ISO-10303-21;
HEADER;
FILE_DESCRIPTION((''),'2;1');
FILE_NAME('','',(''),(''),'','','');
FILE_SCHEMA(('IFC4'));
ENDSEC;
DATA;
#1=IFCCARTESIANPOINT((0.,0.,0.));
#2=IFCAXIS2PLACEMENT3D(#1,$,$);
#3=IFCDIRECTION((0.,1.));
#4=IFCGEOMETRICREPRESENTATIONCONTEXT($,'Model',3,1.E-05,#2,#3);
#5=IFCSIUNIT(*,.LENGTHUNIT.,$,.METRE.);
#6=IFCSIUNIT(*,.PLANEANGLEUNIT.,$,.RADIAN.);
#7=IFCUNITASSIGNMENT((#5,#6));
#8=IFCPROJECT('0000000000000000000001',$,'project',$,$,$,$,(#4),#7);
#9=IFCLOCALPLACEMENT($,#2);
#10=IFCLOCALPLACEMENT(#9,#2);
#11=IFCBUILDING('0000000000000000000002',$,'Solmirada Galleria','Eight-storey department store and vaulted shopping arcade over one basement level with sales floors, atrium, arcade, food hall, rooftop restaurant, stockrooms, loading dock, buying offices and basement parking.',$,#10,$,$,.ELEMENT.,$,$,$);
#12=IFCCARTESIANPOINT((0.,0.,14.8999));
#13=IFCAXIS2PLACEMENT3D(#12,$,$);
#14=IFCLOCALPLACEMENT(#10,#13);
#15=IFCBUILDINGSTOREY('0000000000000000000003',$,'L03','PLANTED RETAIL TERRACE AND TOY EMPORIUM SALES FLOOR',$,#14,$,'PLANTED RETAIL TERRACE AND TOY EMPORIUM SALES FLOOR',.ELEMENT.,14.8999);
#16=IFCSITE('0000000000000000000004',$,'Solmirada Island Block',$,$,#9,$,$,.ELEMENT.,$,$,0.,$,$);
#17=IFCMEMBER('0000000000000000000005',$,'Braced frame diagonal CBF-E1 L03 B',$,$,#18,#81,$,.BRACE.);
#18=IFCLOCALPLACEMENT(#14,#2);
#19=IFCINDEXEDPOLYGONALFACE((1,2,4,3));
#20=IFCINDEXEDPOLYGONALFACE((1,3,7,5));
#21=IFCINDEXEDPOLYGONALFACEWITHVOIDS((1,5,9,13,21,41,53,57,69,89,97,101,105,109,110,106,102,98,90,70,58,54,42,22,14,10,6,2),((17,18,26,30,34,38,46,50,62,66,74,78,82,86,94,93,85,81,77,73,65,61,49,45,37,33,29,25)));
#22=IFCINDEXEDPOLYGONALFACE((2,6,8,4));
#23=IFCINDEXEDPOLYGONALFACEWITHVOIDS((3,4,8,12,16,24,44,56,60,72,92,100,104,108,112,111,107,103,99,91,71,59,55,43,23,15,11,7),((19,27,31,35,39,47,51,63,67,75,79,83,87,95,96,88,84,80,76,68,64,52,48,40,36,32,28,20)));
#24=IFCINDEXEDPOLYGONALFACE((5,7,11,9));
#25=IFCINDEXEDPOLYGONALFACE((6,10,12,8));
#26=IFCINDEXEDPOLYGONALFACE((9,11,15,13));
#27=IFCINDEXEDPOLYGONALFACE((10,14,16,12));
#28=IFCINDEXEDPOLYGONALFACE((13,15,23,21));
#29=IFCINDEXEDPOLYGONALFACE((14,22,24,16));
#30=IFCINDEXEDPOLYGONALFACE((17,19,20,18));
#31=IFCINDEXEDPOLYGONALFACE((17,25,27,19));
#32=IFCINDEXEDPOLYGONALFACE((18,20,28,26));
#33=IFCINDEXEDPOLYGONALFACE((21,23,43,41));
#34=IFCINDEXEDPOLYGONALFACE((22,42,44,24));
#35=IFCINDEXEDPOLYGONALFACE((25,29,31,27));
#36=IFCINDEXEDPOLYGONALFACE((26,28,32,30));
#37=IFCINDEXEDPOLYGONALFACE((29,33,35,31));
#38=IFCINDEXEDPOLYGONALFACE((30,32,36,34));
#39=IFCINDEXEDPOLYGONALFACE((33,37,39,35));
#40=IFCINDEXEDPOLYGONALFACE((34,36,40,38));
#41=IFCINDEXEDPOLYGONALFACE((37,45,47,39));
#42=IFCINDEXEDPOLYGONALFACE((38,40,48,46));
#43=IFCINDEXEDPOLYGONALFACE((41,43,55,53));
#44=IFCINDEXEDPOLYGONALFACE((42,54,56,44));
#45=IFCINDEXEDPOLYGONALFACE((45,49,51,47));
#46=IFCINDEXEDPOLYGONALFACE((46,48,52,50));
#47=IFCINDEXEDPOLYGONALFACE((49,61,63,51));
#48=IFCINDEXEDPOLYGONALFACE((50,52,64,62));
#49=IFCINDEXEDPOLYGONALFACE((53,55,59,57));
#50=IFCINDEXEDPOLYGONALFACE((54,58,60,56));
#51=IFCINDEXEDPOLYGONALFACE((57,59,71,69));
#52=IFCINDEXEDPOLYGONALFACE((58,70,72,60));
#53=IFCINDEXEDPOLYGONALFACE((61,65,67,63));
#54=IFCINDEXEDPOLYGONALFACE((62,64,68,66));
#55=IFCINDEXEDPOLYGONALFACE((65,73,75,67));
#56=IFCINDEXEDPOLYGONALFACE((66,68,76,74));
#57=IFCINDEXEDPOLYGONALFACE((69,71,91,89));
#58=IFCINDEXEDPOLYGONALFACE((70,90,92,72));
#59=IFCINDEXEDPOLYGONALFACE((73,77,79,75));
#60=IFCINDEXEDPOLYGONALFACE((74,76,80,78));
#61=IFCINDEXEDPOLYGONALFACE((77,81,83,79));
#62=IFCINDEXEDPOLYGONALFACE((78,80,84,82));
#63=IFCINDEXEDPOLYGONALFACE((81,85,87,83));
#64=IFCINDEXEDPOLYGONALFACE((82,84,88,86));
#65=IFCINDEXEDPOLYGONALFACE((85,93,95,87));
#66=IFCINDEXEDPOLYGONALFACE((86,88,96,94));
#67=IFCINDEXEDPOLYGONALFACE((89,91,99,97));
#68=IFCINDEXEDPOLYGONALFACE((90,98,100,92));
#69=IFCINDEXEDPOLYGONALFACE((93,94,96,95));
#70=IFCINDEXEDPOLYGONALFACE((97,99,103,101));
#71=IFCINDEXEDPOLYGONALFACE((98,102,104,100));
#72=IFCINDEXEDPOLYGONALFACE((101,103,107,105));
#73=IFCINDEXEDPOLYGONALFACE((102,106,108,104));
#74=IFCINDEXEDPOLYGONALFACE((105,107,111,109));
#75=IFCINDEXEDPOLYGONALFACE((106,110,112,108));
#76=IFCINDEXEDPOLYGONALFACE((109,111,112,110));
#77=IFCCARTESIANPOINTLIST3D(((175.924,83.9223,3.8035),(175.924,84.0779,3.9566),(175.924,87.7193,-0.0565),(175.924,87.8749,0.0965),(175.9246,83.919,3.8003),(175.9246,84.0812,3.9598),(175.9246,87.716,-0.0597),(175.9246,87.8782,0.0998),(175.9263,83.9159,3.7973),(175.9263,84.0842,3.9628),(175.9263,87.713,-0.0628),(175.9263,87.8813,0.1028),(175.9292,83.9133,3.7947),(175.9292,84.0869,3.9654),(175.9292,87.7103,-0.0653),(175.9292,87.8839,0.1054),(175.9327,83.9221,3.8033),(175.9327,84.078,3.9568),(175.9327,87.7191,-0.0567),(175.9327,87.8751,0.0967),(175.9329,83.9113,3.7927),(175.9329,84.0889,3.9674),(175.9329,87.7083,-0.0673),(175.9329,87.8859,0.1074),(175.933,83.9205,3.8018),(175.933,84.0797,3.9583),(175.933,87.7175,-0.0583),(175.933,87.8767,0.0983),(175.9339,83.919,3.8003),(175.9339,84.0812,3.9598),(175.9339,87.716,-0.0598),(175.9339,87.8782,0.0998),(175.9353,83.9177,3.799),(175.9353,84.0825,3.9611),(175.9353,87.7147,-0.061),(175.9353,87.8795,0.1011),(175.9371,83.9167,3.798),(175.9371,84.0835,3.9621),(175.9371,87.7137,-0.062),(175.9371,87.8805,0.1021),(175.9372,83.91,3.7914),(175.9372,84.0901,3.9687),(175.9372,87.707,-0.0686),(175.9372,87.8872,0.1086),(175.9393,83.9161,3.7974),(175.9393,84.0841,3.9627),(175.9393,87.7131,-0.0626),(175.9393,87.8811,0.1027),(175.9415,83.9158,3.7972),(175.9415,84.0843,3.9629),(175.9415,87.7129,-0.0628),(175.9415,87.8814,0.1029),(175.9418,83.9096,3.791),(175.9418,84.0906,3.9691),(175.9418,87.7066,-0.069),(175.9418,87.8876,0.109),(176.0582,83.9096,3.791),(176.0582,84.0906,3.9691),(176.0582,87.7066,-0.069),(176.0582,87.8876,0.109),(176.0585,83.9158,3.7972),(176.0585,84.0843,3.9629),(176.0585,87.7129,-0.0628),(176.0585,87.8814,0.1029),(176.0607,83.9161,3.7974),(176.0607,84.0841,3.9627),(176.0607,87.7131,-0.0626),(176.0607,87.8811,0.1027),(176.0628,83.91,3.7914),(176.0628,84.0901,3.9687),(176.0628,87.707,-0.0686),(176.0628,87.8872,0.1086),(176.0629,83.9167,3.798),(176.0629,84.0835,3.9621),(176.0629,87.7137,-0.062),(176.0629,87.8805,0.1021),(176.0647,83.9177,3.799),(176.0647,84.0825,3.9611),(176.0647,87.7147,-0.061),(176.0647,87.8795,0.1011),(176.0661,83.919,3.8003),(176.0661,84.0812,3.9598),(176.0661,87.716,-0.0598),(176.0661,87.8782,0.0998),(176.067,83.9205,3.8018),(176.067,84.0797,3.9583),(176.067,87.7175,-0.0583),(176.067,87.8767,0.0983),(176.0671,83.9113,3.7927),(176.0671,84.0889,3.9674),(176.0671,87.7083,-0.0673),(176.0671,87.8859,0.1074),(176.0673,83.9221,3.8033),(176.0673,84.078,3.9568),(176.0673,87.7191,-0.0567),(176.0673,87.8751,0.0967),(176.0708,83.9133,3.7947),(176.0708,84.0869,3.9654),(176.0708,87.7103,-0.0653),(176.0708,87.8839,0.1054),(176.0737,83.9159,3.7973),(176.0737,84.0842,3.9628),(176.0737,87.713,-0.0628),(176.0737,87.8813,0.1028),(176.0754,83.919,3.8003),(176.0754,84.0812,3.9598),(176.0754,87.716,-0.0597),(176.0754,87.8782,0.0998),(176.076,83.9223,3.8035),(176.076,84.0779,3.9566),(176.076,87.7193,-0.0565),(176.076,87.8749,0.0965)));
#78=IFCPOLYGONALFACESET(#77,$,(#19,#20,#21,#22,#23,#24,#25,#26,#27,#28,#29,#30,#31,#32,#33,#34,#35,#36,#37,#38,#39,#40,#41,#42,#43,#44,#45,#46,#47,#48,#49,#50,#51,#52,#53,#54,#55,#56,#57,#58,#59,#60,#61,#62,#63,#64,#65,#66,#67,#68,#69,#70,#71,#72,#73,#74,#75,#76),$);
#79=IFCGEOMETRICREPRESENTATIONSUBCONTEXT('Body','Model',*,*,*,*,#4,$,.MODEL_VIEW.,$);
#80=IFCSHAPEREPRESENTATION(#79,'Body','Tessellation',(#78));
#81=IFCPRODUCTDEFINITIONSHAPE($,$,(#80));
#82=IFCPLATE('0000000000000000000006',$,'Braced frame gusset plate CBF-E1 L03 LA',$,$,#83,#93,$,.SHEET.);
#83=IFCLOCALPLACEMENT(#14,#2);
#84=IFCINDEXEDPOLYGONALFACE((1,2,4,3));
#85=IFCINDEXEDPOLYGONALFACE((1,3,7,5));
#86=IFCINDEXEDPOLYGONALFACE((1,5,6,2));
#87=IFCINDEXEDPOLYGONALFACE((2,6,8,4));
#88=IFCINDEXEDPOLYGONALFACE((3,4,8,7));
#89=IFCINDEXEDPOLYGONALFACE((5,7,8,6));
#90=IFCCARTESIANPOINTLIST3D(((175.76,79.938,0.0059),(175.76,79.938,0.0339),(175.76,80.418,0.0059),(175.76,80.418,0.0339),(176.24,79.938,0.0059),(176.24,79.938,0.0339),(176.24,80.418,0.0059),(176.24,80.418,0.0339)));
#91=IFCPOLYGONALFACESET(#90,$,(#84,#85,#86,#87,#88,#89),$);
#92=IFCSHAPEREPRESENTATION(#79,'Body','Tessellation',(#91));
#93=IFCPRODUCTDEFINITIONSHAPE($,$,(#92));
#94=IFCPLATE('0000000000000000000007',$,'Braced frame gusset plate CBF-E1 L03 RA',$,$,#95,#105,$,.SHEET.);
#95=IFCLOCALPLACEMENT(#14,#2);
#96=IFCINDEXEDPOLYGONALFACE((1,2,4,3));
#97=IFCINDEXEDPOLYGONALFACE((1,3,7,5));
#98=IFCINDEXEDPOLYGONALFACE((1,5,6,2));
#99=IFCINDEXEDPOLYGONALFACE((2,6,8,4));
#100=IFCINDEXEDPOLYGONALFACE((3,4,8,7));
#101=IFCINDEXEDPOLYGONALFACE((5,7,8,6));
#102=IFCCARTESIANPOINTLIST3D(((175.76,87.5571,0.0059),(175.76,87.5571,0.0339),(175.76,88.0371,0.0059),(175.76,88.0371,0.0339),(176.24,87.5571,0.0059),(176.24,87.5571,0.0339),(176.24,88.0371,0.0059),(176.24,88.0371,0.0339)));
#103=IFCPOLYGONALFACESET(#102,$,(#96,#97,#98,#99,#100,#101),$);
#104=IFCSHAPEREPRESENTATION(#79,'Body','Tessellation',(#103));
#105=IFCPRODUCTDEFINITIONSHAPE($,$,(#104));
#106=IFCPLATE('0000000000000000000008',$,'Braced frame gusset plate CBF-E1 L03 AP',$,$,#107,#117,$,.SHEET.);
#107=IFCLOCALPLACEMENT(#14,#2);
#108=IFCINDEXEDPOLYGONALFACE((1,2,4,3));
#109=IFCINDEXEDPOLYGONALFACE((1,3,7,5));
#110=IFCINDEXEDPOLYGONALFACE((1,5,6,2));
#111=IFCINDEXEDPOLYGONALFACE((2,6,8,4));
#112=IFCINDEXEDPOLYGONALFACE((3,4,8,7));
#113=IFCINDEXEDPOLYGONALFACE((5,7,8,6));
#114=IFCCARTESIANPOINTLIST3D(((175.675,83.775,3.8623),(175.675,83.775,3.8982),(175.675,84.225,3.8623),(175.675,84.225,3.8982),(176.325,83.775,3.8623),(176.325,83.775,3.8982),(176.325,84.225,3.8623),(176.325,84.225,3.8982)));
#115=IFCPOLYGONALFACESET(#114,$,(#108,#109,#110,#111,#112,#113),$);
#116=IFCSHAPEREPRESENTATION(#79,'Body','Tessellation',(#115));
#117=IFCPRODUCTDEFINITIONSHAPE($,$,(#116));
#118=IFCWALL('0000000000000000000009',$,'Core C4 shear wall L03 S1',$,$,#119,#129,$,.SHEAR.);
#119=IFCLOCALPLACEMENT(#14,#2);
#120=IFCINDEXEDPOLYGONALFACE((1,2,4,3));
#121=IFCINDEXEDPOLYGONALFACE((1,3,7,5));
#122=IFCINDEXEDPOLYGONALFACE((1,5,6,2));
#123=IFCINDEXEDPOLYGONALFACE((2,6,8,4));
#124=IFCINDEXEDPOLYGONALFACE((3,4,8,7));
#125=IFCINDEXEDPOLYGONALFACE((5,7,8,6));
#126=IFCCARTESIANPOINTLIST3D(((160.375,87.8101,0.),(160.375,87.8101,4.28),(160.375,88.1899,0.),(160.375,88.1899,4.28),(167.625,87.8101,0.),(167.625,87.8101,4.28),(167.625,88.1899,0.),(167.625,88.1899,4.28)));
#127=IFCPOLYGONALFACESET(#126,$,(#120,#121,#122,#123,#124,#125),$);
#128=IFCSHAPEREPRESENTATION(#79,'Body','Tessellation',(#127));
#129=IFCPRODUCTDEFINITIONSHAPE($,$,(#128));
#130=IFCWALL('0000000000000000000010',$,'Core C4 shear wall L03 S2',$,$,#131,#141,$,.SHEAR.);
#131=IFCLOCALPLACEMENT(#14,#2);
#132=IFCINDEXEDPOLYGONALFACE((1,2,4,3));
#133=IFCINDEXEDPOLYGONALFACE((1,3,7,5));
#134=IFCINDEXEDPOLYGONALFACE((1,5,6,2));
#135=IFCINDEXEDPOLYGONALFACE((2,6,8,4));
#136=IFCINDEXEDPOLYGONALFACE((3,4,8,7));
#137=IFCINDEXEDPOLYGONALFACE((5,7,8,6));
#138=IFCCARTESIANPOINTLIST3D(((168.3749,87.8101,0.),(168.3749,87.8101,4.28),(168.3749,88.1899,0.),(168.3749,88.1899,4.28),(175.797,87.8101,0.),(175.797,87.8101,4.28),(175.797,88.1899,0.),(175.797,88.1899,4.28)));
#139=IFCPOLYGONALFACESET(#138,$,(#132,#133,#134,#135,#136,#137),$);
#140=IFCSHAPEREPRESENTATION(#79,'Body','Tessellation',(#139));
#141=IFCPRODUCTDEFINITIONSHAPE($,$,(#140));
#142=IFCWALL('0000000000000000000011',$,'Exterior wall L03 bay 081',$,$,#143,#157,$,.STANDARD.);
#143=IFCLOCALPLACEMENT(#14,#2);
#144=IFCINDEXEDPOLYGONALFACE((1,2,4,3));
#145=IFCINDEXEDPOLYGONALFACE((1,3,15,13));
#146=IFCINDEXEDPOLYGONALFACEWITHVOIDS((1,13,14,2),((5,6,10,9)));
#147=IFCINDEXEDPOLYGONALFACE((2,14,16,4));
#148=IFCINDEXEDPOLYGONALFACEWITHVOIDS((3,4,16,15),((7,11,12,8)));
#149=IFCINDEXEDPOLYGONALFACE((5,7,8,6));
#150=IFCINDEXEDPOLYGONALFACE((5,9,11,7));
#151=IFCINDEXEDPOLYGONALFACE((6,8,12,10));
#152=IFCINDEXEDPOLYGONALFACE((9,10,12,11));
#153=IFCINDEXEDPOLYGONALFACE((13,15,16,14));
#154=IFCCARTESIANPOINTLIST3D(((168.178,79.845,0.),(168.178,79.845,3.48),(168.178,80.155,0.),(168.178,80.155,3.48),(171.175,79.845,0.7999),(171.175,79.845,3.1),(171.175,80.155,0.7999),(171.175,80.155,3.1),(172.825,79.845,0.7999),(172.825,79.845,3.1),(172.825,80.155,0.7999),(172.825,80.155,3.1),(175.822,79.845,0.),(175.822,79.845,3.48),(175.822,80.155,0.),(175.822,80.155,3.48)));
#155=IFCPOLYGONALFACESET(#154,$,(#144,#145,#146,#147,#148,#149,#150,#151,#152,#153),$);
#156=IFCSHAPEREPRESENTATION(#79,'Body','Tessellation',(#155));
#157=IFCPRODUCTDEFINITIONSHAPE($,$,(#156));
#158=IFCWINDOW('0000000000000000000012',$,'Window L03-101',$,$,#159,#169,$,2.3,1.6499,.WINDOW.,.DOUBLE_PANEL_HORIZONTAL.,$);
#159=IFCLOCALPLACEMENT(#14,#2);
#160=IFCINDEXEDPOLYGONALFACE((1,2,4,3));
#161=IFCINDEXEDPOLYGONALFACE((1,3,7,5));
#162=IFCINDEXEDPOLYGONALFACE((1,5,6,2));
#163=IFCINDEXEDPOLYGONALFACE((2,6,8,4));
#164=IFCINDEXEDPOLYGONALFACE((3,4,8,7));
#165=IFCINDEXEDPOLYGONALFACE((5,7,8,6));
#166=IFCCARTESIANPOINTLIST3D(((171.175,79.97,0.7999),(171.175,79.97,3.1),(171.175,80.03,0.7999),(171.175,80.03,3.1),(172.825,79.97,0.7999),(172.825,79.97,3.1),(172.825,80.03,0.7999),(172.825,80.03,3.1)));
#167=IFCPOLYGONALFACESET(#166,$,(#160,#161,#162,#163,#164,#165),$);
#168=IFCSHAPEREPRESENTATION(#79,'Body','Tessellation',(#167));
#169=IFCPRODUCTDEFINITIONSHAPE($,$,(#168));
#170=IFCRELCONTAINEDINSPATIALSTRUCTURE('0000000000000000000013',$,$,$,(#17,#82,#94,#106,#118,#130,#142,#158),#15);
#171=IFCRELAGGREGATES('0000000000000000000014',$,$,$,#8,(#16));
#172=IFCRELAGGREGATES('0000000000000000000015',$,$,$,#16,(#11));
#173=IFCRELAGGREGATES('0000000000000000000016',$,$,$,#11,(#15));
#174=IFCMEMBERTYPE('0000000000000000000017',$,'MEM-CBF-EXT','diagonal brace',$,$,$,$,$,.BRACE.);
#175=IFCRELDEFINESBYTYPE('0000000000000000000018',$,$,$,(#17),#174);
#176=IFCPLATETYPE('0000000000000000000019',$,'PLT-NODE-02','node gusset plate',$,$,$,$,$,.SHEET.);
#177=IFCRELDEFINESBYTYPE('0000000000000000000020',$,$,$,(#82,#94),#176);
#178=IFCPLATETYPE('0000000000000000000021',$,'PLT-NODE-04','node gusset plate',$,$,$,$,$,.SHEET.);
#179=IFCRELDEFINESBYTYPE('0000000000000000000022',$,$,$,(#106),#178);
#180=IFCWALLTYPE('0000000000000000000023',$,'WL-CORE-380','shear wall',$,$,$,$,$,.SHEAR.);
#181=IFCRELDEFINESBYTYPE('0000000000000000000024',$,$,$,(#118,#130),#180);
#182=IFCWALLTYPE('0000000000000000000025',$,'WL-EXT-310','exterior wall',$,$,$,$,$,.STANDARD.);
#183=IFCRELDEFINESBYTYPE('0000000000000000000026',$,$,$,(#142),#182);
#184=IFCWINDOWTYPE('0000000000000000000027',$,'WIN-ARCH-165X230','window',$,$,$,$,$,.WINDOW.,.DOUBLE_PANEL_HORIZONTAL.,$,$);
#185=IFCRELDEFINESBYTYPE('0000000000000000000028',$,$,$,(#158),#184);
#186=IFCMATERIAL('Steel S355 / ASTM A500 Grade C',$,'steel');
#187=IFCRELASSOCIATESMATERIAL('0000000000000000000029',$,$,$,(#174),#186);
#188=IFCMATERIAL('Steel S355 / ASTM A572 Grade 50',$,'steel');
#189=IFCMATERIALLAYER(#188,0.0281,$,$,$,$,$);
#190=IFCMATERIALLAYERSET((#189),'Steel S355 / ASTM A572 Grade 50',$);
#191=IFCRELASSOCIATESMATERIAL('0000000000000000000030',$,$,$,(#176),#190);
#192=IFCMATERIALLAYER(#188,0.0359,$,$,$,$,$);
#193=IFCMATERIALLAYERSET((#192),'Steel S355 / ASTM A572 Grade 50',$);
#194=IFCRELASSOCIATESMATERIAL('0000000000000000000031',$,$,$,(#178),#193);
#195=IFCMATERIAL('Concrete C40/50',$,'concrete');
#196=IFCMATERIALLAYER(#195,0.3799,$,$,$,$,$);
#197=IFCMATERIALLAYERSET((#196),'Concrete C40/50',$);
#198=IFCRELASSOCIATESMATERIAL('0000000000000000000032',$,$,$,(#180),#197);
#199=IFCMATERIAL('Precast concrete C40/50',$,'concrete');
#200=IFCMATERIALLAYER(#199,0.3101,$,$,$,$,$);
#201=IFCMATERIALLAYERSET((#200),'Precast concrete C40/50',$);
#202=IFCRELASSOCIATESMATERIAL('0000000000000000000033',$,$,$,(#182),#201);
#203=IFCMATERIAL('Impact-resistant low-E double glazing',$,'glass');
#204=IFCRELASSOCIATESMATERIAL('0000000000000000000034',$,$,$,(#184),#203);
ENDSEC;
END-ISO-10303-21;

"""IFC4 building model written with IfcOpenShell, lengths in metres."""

from ifc_helpers import new_model, si_unit, direction, frame, frame_2d, origin, origin_2d, place, context, subcontext, project, spatial, rectangle, hollow_rectangle, extrude, material, layer, layer_set, material_profile, profile_set, type_object, element, fill, save


model = new_model("IFC4")

# Units and contexts
model_context = context("Model", 3, precision=1e-05, world=origin(), true_north=direction((0.0, 1.0)))
body_context = subcontext(model_context, "Body", "Model", "MODEL_VIEW")
ifc_project = project(units=[si_unit("LENGTHUNIT", "METRE"), si_unit("PLANEANGLEUNIT", "RADIAN")], contexts=[model_context])

# Site, building, storey
site_placement = place(None, origin())
site = spatial("IfcSite", under=ifc_project, at=site_placement, Name="Solmirada Island Block", CompositionType="ELEMENT", RefElevation=0.0)
building_placement = place(site_placement, origin())
building = spatial("IfcBuilding", under=site, at=building_placement, Name="Solmirada Galleria", Description="Eight-storey department store and vaulted shopping arcade over one basement level with sales floors, atrium, arcade, food hall, rooftop restaurant, stockrooms, loading dock, buying offices and basement parking.", CompositionType="ELEMENT")
storey_placement = place(building_placement, frame((0.0, 0.0, 14.8999)))
storey = spatial("IfcBuildingStorey", under=building, at=storey_placement, Name="L03", Description="PLANTED RETAIL TERRACE AND TOY EMPORIUM SALES FLOOR", LongName="PLANTED RETAIL TERRACE AND TOY EMPORIUM SALES FLOOR", CompositionType="ELEMENT", Elevation=14.8999)

# Shared definitions
ifc_material_1 = material(Name="Steel S355 / ASTM A500 Grade C", Category="steel")
ifc_material_2 = material(Name="Concrete C40/50", Category="concrete")

# Member
ifc_material_profile_1 = material_profile(ifc_material_1, hollow_rectangle(XDim=0.1521, YDim=0.2539, WallThickness=0.0088, InnerFilletRadius=0.0088, OuterFilletRadius=0.0178, at=origin_2d()), Name="HSS10X6X3/8")
ifc_profile_set_1 = profile_set([ifc_material_profile_1], Name="Steel S355 / ASTM A500 Grade C")
member_type = type_object("IfcMemberType", Name="MEM-CBF-EXT", Description="diagonal brace", PredefinedType="BRACE", material=ifc_profile_set_1)
member_1_placement = place(storey_placement, frame((176.0, 87.7971, 0.02), z_axis=(0.0, -0.701266, 0.712899), x_axis=(1.0, 0.0, 0.0)))
element("IfcMember", 1, at=member_1_placement, inside=storey, type_object=member_type, Name="Braced frame diagonal CBF-E1 L03 B", PredefinedType="BRACE", context=body_context, shape_type="SweptSolid", body=[
    extrude(hollow_rectangle(XDim=0.1521, YDim=0.2539, WallThickness=0.0088, InnerFilletRadius=0.0088, OuterFilletRadius=0.0178, at=origin_2d()), origin(), (0.0, 0.0, 1.0), 5.4146),
])

# Plates
ifc_material_3 = material(Name="Steel S355 / ASTM A572 Grade 50", Category="steel")
ifc_layer_1 = layer(ifc_material_3, 0.0281)
ifc_layer_set_1 = layer_set([ifc_layer_1], Name="Steel S355 / ASTM A572 Grade 50")
plate_type_1 = type_object("IfcPlateType", Name="PLT-NODE-02", Description="node gusset plate", PredefinedType="SHEET", material=ifc_layer_set_1)
for number, where, z_axis, x_axis, name in (
    (2, (176.0, 80.178, 0.0059), (0.0, 0.0, 1.0), (1.0, 0.0, 0.0), "Braced frame gusset plate CBF-E1 L03 LA"),
    (3, (176.0, 87.7971, 0.0059), (0.0, 0.0, 1.0), (1.0, 0.0, 0.0), "Braced frame gusset plate CBF-E1 L03 RA"),
):
    element("IfcPlate", number, at=place(storey_placement, frame(where, z_axis=z_axis, x_axis=x_axis)), inside=storey, type_object=plate_type_1, Name=name, PredefinedType="SHEET", context=body_context, shape_type="SweptSolid", body=[
        extrude(rectangle(XDim=0.48, YDim=0.48, at=origin_2d()), origin(), (0.0, 0.0, 1.0), 0.0281),
    ])
ifc_layer_2 = layer(ifc_material_3, 0.0359)
ifc_layer_set_2 = layer_set([ifc_layer_2], Name="Steel S355 / ASTM A572 Grade 50")
plate_type_2 = type_object("IfcPlateType", Name="PLT-NODE-04", Description="node gusset plate", PredefinedType="SHEET", material=ifc_layer_set_2)
plate_placement = place(storey_placement, frame((176.0, 84.0, 3.8623), z_axis=(0.0, 0.0, 1.0), x_axis=(1.0, 0.0, 0.0)))
element("IfcPlate", 4, at=plate_placement, inside=storey, type_object=plate_type_2, Name="Braced frame gusset plate CBF-E1 L03 AP", PredefinedType="SHEET", context=body_context, shape_type="SweptSolid", body=[
    extrude(rectangle(XDim=0.6499, YDim=0.45, at=origin_2d()), origin(), (0.0, 0.0, 1.0), 0.0359),
])

# Walls
ifc_layer_3 = layer(ifc_material_2, 0.3799)
ifc_layer_set_3 = layer_set([ifc_layer_3], Name="Concrete C40/50")
wall_type_1 = type_object("IfcWallType", Name="WL-CORE-380", Description="shear wall", PredefinedType="SHEAR", material=ifc_layer_set_3)
wall_1_placement = place(storey_placement, frame((160.375, 88.0, 0.0), z_axis=(0.0, 0.0, 1.0), x_axis=(1.0, 0.0, 0.0)))
element("IfcWall", 5, at=wall_1_placement, inside=storey, type_object=wall_type_1, Name="Core C4 shear wall L03 S1", PredefinedType="SHEAR", context=body_context, shape_type="SweptSolid", body=[
    extrude(rectangle(XDim=7.25, YDim=0.3799, at=frame_2d((3.625, 0.0))), origin(), (0.0, 0.0, 1.0), 4.28),
])
wall_2_placement = place(storey_placement, frame((168.375, 88.0, 0.0), z_axis=(0.0, 0.0, 1.0), x_axis=(1.0, 0.0, 0.0)))
element("IfcWall", 6, at=wall_2_placement, inside=storey, type_object=wall_type_1, Name="Core C4 shear wall L03 S2", PredefinedType="SHEAR", context=body_context, shape_type="SweptSolid", body=[
    extrude(rectangle(XDim=7.4221, YDim=0.3799, at=frame_2d((3.7109, 0.0))), origin(), (0.0, 0.0, 1.0), 4.28),
])

# Wall, opening, window
ifc_material_4 = material(Name="Precast concrete C40/50", Category="concrete")
ifc_layer_4 = layer(ifc_material_4, 0.3101)
ifc_layer_set_4 = layer_set([ifc_layer_4], Name="Precast concrete C40/50")
wall_type_2 = type_object("IfcWallType", Name="WL-EXT-310", Description="exterior wall", PredefinedType="STANDARD", material=ifc_layer_set_4)
wall_3_placement = place(storey_placement, frame((175.822, 80.0, 0.0), z_axis=(0.0, 0.0, 1.0), x_axis=(-1.0, 0.0, 0.0)))
wall_3 = element("IfcWall", 7, at=wall_3_placement, inside=storey, type_object=wall_type_2, Name="Exterior wall L03 bay 081", PredefinedType="STANDARD", context=body_context, shape_type="SweptSolid", body=[
    extrude(rectangle(XDim=7.644, YDim=0.3101, at=frame_2d((3.822, 0.0))), origin(), (0.0, 0.0, 1.0), 3.48),
])
opening_1_placement = place(wall_3_placement, frame((2.9971, 0.0, 0.8)))
opening_1 = element("IfcOpeningElement", 8, at=opening_1_placement, cuts=wall_3, PredefinedType="OPENING", context=body_context, shape_type="SweptSolid", body=[
    extrude(rectangle(XDim=1.6499, YDim=2.3, at=frame_2d((0.825, 1.1499))), frame((0.0, 0.165, 0.0), z_axis=(0.0, -1.0, 0.0), x_axis=(1.0, 0.0, 0.0)), (0.0, 0.0, 1.0), 0.3301),
])
ifc_material_5 = material(Name="Impact-resistant low-E double glazing", Category="glass")
window_type = type_object("IfcWindowType", Name="WIN-ARCH-165X230", Description="window", PartitioningType="DOUBLE_PANEL_HORIZONTAL", PredefinedType="WINDOW", material=ifc_material_5)
window_1_placement = place(opening_1_placement, origin())
window_1 = element("IfcWindow", 9, at=window_1_placement, inside=storey, type_object=window_type, Name="Window L03-101", OverallHeight=2.3, OverallWidth=1.6499, PartitioningType="DOUBLE_PANEL_HORIZONTAL", PredefinedType="WINDOW", context=body_context, shape_type="SweptSolid", body=[
    extrude(rectangle(XDim=1.6499, YDim=2.3, at=frame_2d((0.825, 1.1499))), frame((0.0, 0.03, 0.0), z_axis=(0.0, -1.0, 0.0), x_axis=(1.0, 0.0, 0.0)), (0.0, 0.0, 1.0), 0.0601),
])
fill(opening_1, window_1)

save(model, "model.ifc")
